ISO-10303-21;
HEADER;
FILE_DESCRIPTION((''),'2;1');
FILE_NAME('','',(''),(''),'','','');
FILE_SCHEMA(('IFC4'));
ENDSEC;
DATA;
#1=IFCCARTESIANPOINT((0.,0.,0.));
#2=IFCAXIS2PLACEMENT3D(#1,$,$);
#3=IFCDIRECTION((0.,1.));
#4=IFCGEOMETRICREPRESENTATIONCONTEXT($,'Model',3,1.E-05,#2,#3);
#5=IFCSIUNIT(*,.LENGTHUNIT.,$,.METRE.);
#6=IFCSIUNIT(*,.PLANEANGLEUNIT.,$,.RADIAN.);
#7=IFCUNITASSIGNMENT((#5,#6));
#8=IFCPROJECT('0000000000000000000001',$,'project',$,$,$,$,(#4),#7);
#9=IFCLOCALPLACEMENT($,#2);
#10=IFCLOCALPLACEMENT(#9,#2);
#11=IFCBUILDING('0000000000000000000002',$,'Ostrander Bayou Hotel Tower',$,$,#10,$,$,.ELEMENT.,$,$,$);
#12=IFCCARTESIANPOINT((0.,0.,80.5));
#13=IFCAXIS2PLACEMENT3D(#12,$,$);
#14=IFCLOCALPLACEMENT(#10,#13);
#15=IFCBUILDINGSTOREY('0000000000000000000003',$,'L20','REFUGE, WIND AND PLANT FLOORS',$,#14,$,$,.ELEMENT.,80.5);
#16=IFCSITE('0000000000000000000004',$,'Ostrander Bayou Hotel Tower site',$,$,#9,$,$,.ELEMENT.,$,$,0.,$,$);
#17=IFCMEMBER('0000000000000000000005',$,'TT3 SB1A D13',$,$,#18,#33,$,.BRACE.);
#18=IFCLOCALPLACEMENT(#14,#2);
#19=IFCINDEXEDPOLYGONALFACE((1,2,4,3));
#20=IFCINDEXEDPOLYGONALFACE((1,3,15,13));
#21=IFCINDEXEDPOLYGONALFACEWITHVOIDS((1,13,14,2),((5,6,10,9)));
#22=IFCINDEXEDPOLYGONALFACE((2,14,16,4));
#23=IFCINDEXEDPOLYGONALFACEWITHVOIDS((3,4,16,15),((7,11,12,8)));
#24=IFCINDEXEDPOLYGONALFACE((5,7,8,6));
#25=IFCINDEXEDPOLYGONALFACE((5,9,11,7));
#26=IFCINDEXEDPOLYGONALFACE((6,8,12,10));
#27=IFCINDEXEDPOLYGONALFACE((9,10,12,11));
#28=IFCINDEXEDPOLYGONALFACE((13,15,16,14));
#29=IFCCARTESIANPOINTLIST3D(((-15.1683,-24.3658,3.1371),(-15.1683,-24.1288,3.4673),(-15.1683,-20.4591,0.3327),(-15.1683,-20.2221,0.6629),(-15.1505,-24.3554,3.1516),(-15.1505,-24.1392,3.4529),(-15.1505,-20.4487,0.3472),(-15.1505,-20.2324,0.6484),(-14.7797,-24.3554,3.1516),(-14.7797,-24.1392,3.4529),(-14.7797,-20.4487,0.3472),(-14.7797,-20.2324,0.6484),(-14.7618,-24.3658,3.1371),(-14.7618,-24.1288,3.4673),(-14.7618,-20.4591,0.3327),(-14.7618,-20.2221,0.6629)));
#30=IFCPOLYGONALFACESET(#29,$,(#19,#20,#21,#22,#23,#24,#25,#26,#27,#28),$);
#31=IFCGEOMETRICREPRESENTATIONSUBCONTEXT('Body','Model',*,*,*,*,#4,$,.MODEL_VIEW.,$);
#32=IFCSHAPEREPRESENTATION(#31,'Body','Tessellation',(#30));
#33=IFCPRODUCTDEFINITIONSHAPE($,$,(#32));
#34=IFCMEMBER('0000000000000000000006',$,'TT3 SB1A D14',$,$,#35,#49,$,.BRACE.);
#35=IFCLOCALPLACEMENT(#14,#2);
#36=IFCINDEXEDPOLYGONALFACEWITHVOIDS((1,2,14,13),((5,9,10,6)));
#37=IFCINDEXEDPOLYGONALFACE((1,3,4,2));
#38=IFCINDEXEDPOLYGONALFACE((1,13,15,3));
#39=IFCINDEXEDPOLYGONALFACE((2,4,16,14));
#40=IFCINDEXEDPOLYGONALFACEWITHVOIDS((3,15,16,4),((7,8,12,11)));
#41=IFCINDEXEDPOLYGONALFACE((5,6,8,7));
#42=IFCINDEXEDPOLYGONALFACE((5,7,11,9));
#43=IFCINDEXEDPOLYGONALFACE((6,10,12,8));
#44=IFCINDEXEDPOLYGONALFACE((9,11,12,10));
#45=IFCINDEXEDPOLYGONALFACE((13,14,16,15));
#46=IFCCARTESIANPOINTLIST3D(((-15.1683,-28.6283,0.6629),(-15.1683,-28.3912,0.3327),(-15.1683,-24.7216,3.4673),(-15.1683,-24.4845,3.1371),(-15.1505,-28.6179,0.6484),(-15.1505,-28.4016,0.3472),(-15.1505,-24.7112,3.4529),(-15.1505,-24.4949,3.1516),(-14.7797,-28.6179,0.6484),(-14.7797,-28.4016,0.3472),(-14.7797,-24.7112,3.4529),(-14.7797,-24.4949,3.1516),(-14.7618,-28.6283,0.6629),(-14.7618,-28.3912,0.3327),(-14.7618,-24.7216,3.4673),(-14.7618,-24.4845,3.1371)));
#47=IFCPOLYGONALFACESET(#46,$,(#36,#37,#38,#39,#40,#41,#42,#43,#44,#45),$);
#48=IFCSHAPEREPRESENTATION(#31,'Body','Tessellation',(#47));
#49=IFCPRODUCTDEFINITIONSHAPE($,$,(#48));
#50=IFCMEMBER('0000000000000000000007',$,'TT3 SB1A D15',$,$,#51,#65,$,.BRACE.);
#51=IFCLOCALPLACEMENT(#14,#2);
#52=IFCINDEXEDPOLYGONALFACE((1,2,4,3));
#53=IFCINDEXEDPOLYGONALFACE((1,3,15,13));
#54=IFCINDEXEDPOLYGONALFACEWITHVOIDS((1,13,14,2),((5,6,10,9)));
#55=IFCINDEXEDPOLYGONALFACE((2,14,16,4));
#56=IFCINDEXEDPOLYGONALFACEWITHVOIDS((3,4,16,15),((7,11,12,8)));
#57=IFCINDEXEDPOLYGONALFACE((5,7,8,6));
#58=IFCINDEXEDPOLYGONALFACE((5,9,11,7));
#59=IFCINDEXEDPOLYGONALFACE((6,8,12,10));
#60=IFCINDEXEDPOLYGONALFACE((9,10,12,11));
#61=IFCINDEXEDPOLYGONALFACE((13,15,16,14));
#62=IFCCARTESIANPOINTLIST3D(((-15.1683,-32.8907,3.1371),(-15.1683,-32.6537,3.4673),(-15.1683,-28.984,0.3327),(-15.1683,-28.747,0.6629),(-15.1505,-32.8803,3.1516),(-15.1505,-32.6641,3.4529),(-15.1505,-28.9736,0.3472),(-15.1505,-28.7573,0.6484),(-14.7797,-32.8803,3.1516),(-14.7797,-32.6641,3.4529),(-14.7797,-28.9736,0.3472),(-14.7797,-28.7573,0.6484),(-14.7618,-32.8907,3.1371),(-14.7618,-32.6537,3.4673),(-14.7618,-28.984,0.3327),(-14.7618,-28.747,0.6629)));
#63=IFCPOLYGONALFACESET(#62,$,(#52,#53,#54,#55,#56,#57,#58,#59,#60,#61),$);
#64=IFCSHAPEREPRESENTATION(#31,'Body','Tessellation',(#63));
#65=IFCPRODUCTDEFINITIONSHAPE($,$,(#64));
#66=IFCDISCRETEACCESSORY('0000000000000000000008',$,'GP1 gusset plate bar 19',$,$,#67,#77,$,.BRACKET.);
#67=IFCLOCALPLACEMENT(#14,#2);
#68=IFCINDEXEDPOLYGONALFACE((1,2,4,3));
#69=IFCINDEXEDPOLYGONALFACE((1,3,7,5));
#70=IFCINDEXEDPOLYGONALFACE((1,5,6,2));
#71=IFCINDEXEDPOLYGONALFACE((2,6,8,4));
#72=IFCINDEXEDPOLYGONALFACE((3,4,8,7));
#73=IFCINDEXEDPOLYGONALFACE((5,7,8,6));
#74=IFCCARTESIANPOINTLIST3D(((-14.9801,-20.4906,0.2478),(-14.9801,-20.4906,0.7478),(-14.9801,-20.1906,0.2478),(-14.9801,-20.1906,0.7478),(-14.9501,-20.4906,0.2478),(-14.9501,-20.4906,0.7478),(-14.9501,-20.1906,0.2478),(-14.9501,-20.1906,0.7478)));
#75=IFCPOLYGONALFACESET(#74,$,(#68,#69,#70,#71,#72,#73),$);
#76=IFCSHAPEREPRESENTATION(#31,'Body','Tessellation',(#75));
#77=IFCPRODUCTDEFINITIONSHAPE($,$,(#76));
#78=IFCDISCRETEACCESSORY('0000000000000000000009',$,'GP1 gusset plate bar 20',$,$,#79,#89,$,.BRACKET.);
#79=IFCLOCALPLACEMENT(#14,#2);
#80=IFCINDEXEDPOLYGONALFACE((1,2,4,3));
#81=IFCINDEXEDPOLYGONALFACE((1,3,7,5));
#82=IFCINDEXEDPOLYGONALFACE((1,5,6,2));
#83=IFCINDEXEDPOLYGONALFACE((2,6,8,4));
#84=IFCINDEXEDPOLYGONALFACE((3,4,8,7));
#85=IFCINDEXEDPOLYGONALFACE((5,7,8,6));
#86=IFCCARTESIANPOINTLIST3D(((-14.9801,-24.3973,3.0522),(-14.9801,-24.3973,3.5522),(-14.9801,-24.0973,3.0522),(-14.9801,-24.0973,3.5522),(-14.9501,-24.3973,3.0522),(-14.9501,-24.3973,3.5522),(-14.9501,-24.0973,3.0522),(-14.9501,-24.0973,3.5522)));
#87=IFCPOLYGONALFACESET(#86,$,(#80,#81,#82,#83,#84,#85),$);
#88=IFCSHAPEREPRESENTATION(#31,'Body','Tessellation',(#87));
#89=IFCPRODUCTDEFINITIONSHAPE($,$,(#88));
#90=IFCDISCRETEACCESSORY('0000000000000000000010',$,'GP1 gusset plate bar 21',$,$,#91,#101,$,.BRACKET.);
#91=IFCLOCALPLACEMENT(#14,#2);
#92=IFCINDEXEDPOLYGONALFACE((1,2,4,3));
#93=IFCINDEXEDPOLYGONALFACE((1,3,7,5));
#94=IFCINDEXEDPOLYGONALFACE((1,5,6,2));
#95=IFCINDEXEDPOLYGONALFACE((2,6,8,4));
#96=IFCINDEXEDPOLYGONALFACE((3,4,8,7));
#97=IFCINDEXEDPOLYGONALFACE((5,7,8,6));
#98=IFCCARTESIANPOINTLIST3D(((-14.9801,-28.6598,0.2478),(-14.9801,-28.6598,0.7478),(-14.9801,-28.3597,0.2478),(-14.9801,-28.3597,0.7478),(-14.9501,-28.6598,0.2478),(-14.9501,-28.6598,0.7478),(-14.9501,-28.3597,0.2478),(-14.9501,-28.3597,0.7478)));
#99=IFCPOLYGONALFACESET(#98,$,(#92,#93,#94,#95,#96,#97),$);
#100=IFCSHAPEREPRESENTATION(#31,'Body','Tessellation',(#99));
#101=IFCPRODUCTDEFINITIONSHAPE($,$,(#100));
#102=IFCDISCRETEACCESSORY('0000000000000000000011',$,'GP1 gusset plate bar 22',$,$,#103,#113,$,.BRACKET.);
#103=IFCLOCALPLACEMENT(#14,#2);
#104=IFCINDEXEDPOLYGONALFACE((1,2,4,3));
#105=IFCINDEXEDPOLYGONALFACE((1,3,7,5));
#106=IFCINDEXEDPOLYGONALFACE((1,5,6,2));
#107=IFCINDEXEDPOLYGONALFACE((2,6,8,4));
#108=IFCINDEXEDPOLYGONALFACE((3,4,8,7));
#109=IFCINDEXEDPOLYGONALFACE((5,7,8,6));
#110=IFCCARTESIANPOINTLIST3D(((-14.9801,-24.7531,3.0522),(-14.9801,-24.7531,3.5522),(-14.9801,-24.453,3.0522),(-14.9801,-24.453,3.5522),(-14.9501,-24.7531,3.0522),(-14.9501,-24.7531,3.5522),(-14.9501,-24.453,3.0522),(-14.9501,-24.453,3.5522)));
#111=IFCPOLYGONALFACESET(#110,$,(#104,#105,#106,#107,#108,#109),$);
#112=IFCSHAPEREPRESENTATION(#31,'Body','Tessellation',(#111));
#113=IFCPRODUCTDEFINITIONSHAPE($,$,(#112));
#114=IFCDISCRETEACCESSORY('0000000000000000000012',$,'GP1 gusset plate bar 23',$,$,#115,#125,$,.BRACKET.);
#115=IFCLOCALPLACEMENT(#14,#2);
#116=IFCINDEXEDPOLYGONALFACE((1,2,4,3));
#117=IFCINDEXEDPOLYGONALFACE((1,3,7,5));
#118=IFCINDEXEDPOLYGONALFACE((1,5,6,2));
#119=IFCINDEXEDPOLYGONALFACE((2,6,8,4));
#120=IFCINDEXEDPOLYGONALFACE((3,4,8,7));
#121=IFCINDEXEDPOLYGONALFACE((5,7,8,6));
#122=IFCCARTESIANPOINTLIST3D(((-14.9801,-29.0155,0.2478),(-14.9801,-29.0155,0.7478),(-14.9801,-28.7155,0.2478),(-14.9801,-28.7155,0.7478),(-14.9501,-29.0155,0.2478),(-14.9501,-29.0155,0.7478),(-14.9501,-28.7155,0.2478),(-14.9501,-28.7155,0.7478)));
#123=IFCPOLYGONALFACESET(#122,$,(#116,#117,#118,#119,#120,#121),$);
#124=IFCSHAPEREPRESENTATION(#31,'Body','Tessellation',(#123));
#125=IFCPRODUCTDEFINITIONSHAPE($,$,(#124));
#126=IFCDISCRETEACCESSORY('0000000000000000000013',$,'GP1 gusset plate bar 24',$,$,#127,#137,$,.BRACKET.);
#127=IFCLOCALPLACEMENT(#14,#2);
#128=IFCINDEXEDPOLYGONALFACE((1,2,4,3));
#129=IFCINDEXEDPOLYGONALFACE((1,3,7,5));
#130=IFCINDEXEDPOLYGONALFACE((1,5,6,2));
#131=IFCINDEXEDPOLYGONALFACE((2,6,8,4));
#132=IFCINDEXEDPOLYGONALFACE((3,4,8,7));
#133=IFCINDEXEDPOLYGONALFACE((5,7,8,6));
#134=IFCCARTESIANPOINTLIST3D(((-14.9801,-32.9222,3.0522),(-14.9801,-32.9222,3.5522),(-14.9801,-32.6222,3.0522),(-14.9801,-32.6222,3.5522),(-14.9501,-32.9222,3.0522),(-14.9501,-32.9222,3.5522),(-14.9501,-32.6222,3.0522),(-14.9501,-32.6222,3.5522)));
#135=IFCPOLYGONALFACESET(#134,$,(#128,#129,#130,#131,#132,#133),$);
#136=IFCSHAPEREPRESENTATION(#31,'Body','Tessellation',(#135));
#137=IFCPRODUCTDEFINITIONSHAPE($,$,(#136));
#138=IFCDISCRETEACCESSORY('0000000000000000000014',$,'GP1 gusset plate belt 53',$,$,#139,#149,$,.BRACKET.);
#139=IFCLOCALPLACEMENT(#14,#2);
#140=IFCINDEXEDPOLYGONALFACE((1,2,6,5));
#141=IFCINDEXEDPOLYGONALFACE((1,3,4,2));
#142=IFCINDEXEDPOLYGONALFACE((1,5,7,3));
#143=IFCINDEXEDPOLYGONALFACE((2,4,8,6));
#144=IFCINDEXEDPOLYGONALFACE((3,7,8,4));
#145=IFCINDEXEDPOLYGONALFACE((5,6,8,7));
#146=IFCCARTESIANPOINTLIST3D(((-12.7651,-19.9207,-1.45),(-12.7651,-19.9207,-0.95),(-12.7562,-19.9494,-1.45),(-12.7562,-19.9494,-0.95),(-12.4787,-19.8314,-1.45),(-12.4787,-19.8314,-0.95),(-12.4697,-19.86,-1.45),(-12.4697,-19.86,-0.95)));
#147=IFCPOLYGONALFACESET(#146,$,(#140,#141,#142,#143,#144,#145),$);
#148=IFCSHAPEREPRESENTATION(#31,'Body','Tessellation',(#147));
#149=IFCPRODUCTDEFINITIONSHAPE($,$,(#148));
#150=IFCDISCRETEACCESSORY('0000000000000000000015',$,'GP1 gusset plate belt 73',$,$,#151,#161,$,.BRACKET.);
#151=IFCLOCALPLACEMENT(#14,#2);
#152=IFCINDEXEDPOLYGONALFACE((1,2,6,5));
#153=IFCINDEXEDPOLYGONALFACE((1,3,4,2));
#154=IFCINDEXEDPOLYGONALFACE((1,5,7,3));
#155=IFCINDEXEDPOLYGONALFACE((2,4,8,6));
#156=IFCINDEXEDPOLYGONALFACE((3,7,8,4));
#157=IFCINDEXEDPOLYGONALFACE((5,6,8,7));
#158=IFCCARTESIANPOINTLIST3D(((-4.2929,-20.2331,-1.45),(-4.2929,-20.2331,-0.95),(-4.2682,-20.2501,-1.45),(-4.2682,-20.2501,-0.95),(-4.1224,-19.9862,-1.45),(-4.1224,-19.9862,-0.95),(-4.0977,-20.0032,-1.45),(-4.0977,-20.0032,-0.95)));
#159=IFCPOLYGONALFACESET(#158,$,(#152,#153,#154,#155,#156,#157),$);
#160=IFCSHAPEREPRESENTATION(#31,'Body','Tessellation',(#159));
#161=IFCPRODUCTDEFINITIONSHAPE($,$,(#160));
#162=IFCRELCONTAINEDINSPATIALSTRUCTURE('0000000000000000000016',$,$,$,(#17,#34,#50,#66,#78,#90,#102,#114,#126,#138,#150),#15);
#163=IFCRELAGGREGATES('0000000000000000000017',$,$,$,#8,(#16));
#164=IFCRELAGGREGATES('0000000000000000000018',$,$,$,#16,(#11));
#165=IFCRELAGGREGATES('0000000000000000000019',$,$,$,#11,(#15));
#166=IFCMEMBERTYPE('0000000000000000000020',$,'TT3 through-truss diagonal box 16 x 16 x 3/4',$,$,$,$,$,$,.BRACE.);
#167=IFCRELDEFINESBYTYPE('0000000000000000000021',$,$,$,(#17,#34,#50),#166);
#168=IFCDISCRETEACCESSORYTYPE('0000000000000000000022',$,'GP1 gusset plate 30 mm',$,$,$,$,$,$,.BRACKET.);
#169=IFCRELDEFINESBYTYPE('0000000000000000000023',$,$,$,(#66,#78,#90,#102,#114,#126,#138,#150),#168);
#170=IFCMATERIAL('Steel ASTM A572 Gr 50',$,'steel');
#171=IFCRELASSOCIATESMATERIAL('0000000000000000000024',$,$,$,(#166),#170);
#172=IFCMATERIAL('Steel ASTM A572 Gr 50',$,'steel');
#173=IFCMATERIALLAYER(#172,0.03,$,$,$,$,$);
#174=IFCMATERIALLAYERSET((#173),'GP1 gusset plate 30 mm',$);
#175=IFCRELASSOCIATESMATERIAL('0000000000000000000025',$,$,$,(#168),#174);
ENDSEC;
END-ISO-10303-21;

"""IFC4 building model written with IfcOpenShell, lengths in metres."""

from ifc_helpers import new_model, si_unit, direction, frame, origin, origin_2d, place, context, subcontext, project, spatial, rectangle, hollow_rectangle, extrude, material, layer, layer_set, material_profile, profile_set, type_object, element, save


model = new_model("IFC4")

# Units and contexts
model_context = context("Model", 3, precision=1e-05, world=origin(), true_north=direction((0.0, 1.0)))
body_context = subcontext(model_context, "Body", "Model", "MODEL_VIEW")
ifc_project = project(units=[si_unit("LENGTHUNIT", "METRE"), si_unit("PLANEANGLEUNIT", "RADIAN")], contexts=[model_context])

# Site, building, storey
site_placement = place(None, origin())
site = spatial("IfcSite", under=ifc_project, at=site_placement, Name="Ostrander Bayou Hotel Tower site", CompositionType="ELEMENT", RefElevation=0.0)
building_placement = place(site_placement, origin())
building = spatial("IfcBuilding", under=site, at=building_placement, Name="Ostrander Bayou Hotel Tower", CompositionType="ELEMENT")
storey_placement = place(building_placement, frame((0.0, 0.0, 80.5)))
storey = spatial("IfcBuildingStorey", under=building, at=storey_placement, Name="L20", Description="REFUGE, WIND AND PLANT FLOORS", CompositionType="ELEMENT", Elevation=80.5)

# Members
ifc_material_1 = material(Name="Steel ASTM A572 Gr 50", Category="steel")
ifc_material_profile_1 = material_profile(ifc_material_1, hollow_rectangle(XDim=0.4065, YDim=0.4065, WallThickness=0.0178, at=origin_2d()))
ifc_profile_set_1 = profile_set([ifc_material_profile_1], Name="Steel ASTM A572 Gr 50")
member_type_1 = type_object("IfcMemberType", Name="TT3 through-truss diagonal box 16 x 16 x 3/4", PredefinedType="BRACE", material=ifc_profile_set_1)
for number, where, z_axis, x_axis, name in (
    (1, (-14.9651, -20.3406, 0.4978), (0.0, -0.812363, 0.583153), (1.0, 0.0, 0.0), "TT3 SB1A D13"),
    (2, (-14.9651, -28.5098, 0.4978), (0.0, 0.812363, 0.583153), (-1.0, 0.0, 0.0), "TT3 SB1A D14"),
    (3, (-14.9651, -28.8655, 0.4978), (0.0, -0.812363, 0.583153), (1.0, 0.0, 0.0), "TT3 SB1A D15"),
):
    element("IfcMember", number, at=place(storey_placement, frame(where, z_axis=z_axis, x_axis=x_axis)), inside=storey, type_object=member_type_1, Name=name, PredefinedType="BRACE", context=body_context, shape_type="SweptSolid", body=[
        extrude(hollow_rectangle(XDim=0.4065, YDim=0.4065, WallThickness=0.0178, at=origin_2d()), origin(), (0.0, 0.0, 1.0), 4.8091),
    ])

# Discrete accessories
ifc_material_2 = material(Name="Steel ASTM A572 Gr 50", Category="steel")
ifc_layer = layer(ifc_material_2, 0.03)
ifc_layer_set = layer_set([ifc_layer], Name="GP1 gusset plate 30 mm")
discrete_accessory_type = type_object("IfcDiscreteAccessoryType", Name="GP1 gusset plate 30 mm", PredefinedType="BRACKET", material=ifc_layer_set)
for number, where, z_axis, x_axis, name in (
    (4, (-14.9651, -20.3406, 0.2478), (0.0, 0.0, 1.0), (0.0, -1.0, 0.0), "GP1 gusset plate bar 19"),
    (5, (-14.9651, -24.2473, 3.0522), (0.0, 0.0, 1.0), (0.0, -1.0, 0.0), "GP1 gusset plate bar 20"),
    (6, (-14.9651, -28.5098, 0.2478), (0.0, 0.0, 1.0), (0.0, 1.0, 0.0), "GP1 gusset plate bar 21"),
    (7, (-14.9651, -24.603, 3.0522), (0.0, 0.0, 1.0), (0.0, 1.0, 0.0), "GP1 gusset plate bar 22"),
    (8, (-14.9651, -28.8655, 0.2478), (0.0, 0.0, 1.0), (0.0, -1.0, 0.0), "GP1 gusset plate bar 23"),
    (9, (-14.9651, -32.7722, 3.0522), (0.0, 0.0, 1.0), (0.0, -1.0, 0.0), "GP1 gusset plate bar 24"),
    (10, (-12.6174, -19.8904, -1.45), (0.0, 0.0, 1.0), (0.95461, 0.297858, 0.0), "GP1 gusset plate belt 53"),
    (11, (-4.1953, -20.1182, -1.45), (0.0, 0.0, 1.0), (0.568203, 0.822889, 0.0), "GP1 gusset plate belt 73"),
):
    element("IfcDiscreteAccessory", number, at=place(storey_placement, frame(where, z_axis=z_axis, x_axis=x_axis)), inside=storey, type_object=discrete_accessory_type, Name=name, PredefinedType="BRACKET", context=body_context, shape_type="SweptSolid", body=[
        extrude(rectangle(XDim=0.3, YDim=0.03, at=origin_2d()), origin(), (0.0, 0.0, 1.0), 0.5),
    ])

save(model, "model.ifc")
